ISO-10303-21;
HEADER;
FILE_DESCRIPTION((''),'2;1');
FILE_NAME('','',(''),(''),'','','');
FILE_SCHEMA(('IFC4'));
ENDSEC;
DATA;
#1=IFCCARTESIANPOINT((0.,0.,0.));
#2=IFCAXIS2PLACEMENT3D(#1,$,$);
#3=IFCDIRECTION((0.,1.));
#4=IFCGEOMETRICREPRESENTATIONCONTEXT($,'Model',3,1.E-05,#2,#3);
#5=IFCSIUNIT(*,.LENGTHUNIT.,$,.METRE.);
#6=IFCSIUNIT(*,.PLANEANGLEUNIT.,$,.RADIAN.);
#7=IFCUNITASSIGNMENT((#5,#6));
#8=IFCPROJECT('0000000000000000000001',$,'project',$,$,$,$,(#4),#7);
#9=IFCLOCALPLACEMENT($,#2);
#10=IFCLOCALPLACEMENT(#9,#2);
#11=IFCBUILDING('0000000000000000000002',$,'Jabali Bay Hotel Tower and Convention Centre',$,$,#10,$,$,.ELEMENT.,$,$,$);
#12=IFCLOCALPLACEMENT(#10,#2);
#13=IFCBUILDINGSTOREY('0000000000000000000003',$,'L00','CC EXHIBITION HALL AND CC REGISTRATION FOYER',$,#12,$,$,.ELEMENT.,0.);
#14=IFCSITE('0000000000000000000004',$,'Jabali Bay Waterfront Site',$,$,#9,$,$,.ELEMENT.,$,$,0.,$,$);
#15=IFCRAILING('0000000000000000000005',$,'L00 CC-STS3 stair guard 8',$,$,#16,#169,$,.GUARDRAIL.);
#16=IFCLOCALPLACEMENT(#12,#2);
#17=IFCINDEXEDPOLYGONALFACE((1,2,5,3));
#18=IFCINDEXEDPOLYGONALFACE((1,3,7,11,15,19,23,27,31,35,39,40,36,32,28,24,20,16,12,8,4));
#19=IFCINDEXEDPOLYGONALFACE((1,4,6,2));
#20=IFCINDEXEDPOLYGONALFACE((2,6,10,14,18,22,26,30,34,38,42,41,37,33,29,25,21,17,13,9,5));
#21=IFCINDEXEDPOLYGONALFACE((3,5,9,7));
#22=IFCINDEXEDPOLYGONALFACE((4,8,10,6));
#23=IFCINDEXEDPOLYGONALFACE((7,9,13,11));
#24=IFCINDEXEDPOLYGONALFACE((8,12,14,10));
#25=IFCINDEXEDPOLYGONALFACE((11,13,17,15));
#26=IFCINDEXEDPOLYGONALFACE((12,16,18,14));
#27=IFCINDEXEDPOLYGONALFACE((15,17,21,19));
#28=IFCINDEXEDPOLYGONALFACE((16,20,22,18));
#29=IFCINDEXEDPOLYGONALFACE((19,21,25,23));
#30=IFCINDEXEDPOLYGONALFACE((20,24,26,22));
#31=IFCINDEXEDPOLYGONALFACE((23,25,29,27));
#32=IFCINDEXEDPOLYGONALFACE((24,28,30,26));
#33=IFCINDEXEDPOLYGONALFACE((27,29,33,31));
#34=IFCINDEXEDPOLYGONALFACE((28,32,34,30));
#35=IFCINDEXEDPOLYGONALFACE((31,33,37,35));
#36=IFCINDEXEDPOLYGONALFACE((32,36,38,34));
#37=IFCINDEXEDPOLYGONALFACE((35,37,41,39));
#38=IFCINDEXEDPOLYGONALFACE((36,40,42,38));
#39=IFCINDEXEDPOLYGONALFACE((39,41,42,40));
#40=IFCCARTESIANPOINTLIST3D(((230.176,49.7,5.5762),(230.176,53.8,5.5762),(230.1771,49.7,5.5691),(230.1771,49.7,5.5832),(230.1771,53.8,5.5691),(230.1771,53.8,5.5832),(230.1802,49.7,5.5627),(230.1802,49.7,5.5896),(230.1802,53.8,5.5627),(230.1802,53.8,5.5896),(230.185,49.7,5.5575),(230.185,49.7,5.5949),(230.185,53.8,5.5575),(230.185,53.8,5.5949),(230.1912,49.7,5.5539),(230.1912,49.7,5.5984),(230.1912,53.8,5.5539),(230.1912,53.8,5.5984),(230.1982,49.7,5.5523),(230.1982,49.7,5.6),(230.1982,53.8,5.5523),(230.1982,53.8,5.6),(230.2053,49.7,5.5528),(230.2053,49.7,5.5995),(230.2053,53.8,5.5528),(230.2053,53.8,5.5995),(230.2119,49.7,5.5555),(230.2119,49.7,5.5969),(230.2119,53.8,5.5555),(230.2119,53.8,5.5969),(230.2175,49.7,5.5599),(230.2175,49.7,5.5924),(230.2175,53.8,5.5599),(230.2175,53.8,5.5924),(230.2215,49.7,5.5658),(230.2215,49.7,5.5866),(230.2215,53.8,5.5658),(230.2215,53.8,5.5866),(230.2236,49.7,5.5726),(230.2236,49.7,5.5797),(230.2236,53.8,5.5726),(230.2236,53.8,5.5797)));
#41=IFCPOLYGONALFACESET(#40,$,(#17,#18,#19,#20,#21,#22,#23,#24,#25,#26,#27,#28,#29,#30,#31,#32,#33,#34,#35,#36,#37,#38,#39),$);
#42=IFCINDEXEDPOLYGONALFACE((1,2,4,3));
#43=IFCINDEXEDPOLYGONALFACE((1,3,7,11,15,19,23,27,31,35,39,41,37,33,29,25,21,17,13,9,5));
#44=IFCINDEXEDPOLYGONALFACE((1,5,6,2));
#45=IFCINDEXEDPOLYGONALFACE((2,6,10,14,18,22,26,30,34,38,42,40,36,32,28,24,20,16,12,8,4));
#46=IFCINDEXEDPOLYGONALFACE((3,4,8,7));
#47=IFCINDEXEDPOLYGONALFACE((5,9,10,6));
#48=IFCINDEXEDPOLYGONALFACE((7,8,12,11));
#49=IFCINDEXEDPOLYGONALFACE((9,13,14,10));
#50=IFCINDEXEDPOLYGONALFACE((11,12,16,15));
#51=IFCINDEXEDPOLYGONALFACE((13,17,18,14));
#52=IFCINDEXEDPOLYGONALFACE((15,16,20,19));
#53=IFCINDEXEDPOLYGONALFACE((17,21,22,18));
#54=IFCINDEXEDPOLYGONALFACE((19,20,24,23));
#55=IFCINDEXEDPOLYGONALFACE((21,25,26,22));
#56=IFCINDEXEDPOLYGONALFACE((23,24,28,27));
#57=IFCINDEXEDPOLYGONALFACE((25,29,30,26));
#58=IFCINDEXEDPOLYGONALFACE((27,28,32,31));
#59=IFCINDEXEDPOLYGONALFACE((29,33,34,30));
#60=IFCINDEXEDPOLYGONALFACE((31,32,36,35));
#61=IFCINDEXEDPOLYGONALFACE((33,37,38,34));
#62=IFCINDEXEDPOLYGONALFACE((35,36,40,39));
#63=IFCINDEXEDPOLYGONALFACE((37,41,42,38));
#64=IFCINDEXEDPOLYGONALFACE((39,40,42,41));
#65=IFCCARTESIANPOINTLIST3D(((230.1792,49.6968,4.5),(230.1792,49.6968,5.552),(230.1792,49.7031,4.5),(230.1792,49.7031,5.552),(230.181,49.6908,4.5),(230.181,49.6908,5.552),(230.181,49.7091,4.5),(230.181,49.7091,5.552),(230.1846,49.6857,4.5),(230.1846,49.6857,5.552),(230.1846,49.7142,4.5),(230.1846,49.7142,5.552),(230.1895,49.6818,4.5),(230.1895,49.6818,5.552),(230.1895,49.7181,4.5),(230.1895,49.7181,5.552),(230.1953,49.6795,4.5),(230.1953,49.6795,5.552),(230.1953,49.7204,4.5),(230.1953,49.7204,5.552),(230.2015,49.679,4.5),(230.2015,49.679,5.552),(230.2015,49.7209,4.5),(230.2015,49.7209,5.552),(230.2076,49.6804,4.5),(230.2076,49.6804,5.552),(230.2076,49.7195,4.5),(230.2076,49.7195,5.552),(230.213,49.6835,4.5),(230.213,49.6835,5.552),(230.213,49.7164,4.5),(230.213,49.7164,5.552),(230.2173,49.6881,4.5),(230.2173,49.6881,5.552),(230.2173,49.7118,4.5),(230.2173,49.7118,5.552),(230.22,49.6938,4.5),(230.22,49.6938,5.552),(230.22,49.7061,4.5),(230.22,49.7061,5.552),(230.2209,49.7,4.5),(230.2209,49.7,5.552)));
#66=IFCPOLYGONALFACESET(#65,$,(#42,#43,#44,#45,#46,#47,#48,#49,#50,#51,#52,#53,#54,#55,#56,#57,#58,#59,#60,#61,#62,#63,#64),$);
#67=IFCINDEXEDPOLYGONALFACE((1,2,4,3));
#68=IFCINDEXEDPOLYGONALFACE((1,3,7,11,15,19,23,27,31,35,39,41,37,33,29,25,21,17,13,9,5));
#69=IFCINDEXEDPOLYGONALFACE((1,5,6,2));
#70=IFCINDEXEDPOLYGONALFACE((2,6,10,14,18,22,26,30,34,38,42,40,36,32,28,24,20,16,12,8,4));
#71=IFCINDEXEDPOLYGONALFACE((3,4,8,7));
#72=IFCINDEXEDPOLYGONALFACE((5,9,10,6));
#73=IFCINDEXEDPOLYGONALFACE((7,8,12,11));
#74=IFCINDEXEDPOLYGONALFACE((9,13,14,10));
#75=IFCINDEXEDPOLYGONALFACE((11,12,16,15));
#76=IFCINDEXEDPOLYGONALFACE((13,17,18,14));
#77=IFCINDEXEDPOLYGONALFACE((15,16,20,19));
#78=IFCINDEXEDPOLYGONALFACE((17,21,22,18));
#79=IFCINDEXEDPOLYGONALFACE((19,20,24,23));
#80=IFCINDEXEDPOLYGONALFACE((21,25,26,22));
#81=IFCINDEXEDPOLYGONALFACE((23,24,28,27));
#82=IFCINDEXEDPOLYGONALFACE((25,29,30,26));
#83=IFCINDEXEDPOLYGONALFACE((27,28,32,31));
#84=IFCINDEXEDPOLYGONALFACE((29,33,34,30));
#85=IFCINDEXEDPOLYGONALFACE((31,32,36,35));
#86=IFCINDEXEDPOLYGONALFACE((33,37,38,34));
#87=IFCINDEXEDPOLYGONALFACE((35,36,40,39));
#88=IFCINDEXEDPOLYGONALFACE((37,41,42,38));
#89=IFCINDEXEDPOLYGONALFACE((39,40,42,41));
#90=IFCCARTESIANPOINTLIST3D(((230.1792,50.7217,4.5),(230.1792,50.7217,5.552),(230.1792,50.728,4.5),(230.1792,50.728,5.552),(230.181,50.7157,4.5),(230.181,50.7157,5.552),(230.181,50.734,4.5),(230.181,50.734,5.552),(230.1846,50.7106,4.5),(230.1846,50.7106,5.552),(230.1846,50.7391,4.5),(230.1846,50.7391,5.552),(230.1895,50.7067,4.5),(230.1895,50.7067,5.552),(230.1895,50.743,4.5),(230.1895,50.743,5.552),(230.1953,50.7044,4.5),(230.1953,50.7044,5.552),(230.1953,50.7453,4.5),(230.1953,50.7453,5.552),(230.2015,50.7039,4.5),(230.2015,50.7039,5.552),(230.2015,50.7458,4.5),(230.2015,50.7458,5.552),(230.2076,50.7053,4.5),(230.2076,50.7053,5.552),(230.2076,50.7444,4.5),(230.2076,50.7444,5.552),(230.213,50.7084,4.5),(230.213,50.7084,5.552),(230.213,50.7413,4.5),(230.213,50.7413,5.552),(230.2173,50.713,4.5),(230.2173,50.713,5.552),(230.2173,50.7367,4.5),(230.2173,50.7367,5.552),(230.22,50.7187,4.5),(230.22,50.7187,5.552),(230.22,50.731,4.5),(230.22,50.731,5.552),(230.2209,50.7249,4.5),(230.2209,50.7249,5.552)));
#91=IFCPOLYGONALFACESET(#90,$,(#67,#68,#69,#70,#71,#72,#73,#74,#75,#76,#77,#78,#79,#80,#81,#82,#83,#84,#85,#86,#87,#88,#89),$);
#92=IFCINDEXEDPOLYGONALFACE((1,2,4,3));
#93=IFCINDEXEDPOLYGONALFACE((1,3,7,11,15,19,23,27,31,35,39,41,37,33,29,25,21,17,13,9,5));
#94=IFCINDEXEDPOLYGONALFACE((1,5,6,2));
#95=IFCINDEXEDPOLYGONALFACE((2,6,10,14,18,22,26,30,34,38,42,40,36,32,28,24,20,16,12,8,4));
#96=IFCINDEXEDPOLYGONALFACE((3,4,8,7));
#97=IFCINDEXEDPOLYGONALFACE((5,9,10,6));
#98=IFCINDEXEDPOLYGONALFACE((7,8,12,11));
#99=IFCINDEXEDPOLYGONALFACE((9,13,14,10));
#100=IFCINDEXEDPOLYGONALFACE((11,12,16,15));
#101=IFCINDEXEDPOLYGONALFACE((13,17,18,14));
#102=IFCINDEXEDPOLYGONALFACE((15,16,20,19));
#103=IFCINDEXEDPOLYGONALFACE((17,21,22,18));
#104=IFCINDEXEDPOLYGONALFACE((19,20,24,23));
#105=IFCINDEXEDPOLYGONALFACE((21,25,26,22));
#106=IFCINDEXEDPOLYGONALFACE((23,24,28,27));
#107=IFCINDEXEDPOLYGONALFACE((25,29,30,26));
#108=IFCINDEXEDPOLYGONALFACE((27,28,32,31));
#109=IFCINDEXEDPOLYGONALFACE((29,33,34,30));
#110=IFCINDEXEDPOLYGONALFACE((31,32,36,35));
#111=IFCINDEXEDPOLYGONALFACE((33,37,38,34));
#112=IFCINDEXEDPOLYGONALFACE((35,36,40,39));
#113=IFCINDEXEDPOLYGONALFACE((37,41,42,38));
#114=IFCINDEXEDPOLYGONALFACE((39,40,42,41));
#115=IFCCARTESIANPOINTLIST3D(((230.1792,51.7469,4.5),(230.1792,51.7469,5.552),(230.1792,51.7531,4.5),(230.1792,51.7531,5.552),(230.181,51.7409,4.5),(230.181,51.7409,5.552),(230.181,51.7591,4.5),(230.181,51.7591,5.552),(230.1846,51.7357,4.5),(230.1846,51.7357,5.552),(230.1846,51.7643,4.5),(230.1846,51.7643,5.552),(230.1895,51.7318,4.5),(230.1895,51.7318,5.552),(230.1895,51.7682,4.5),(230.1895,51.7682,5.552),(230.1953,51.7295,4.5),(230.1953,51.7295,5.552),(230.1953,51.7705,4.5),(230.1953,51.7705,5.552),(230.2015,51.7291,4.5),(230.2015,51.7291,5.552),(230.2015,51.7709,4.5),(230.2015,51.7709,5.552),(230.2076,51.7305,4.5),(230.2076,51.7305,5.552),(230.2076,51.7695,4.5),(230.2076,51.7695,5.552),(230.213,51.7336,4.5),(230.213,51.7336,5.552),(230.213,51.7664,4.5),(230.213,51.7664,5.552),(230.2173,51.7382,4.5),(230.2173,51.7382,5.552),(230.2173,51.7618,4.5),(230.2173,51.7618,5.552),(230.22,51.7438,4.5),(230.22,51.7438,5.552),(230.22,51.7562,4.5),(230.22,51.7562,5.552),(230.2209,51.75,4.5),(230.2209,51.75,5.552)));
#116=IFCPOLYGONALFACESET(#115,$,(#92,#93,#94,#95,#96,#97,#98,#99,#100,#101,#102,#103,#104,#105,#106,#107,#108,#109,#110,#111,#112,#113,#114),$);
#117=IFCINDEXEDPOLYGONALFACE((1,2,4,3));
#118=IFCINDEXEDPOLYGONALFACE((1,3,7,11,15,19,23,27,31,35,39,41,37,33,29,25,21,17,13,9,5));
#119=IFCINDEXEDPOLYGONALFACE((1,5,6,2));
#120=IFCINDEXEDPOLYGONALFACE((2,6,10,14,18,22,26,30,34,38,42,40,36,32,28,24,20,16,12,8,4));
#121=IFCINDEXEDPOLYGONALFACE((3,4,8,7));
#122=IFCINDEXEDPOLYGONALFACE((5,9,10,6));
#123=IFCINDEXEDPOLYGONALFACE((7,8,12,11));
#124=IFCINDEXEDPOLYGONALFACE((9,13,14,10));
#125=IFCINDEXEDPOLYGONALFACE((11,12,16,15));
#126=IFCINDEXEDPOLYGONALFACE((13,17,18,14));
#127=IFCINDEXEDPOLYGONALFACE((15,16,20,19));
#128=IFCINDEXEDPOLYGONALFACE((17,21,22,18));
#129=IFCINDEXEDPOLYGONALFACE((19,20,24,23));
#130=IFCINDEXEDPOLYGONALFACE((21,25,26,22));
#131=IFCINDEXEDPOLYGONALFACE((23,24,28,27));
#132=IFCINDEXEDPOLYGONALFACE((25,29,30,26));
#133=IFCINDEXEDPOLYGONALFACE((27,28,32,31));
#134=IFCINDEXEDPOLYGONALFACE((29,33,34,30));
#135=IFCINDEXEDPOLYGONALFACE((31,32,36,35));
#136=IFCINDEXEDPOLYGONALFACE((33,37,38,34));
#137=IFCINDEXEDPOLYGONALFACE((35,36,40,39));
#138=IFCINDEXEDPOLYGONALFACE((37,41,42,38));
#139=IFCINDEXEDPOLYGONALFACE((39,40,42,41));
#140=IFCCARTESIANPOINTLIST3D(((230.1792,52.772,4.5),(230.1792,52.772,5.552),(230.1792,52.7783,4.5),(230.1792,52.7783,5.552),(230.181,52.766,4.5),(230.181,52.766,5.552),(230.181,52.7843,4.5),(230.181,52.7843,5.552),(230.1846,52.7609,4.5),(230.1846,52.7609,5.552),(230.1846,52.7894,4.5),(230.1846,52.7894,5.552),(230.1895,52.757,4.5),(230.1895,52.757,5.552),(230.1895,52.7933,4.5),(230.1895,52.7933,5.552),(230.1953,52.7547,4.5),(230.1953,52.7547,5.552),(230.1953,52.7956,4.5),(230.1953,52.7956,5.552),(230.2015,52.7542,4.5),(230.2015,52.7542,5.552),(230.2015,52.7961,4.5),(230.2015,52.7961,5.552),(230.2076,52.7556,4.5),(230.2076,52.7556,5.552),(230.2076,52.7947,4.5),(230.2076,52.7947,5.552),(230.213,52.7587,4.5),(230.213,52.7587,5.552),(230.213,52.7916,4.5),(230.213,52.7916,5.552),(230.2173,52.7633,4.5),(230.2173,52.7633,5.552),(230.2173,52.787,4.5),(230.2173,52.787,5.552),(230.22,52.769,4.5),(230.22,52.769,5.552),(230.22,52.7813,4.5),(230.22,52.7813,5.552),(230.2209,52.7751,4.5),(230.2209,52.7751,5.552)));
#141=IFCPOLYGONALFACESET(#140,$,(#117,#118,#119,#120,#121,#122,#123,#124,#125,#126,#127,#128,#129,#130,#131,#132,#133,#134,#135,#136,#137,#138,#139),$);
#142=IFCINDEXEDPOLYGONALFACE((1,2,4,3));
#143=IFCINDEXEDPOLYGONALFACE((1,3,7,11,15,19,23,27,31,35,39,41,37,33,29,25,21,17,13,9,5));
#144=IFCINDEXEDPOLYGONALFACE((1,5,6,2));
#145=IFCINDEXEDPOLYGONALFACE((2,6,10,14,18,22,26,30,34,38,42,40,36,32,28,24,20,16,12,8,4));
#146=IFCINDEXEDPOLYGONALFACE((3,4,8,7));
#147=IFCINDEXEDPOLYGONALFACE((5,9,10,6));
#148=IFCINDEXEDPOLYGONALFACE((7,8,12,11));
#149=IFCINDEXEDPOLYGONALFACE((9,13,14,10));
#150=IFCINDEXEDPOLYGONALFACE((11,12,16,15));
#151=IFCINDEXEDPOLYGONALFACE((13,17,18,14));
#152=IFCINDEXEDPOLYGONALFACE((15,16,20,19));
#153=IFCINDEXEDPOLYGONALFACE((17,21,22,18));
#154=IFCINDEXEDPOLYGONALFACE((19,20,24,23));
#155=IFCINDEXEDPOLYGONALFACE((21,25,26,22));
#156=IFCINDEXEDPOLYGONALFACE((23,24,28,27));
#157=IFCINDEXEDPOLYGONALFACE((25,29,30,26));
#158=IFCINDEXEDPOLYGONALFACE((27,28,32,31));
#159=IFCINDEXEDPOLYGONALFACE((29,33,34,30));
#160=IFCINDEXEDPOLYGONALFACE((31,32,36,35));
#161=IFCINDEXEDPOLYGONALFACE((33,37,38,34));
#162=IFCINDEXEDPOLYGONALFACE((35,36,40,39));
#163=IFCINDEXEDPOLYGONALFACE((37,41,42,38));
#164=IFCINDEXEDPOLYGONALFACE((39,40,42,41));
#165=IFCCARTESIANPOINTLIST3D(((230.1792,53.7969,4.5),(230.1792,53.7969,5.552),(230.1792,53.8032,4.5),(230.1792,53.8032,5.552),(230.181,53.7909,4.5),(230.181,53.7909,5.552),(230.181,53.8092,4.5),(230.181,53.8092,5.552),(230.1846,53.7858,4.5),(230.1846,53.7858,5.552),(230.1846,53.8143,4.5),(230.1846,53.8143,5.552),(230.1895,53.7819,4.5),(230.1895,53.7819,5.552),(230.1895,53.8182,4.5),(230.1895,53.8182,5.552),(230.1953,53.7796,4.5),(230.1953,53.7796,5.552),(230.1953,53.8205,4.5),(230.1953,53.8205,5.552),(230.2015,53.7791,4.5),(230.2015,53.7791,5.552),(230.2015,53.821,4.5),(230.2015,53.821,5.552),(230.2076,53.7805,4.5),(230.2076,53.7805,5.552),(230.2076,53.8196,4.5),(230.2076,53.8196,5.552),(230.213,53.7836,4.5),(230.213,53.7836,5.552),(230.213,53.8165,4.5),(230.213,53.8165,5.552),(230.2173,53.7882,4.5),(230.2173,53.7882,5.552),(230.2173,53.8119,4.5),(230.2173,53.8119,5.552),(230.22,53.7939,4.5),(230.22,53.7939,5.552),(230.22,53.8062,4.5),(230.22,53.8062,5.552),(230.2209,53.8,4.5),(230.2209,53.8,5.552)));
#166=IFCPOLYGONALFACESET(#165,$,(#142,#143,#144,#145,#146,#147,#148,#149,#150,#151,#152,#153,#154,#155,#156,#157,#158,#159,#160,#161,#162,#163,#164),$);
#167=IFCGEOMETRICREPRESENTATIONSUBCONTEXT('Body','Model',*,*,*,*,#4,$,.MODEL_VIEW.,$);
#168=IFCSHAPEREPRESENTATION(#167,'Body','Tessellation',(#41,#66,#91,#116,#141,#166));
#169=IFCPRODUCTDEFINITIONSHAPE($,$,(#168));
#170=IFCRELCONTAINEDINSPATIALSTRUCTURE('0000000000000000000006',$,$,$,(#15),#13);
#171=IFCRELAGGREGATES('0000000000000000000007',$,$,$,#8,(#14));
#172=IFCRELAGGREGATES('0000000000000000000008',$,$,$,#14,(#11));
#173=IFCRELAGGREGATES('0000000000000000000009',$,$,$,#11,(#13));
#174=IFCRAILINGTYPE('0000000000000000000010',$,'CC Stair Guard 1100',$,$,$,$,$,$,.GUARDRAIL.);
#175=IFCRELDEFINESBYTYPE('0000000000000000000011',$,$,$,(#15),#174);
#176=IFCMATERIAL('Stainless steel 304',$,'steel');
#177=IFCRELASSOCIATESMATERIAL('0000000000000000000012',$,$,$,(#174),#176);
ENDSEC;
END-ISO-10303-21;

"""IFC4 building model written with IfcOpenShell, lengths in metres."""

from ifc_helpers import new_model, si_unit, direction, frame, origin, origin_2d, place, context, subcontext, project, spatial, circle, extrude, material, type_object, element, save


model = new_model("IFC4")

# Units and contexts
model_context = context("Model", 3, precision=1e-05, world=origin(), true_north=direction((0.0, 1.0)))
body_context = subcontext(model_context, "Body", "Model", "MODEL_VIEW")
ifc_project = project(units=[si_unit("LENGTHUNIT", "METRE"), si_unit("PLANEANGLEUNIT", "RADIAN")], contexts=[model_context])

# Site, building, storey
site_placement = place(None, origin())
site = spatial("IfcSite", under=ifc_project, at=site_placement, Name="Jabali Bay Waterfront Site", CompositionType="ELEMENT", RefElevation=0.0)
building_placement = place(site_placement, origin())
building = spatial("IfcBuilding", under=site, at=building_placement, Name="Jabali Bay Hotel Tower and Convention Centre", CompositionType="ELEMENT")
storey_placement = place(building_placement, origin())
storey = spatial("IfcBuildingStorey", under=building, at=storey_placement, Name="L00", Description="CC EXHIBITION HALL AND CC REGISTRATION FOYER", CompositionType="ELEMENT", Elevation=0.0)

# Railing
ifc_material_1 = material(Name="Stainless steel 304", Category="steel")
railing_type = type_object("IfcRailingType", Name="CC Stair Guard 1100", PredefinedType="GUARDRAIL", material=ifc_material_1)
for number, where, name in (
    (1, (230.2, 49.7, 4.5), "L00 CC-STS3 stair guard 8"),
):
    element("IfcRailing", number, at=place(storey_placement, frame(where)), inside=storey, type_object=railing_type, Name=name, PredefinedType="GUARDRAIL", context=body_context, shape_type="SweptSolid", body=[
        extrude(circle(Radius=0.0239, at=origin_2d()), frame((0.0, 0.0, 1.0762), z_axis=(0.0, 1.0, 0.0), x_axis=(-1.0, 0.0, 0.0)), (0.0, 0.0, 1.0), 4.1001),
        extrude(circle(Radius=0.021, at=origin_2d()), origin(), (0.0, 0.0, 1.0), 1.052),
        extrude(circle(Radius=0.021, at=origin_2d()), frame((0.0, 1.0249, 0.0)), (0.0, 0.0, 1.0), 1.052),
        extrude(circle(Radius=0.021, at=origin_2d()), frame((0.0, 2.05, 0.0)), (0.0, 0.0, 1.0), 1.052),
        extrude(circle(Radius=0.021, at=origin_2d()), frame((0.0, 3.0752, 0.0)), (0.0, 0.0, 1.0), 1.052),
        extrude(circle(Radius=0.021, at=origin_2d()), frame((0.0, 4.1001, 0.0)), (0.0, 0.0, 1.0), 1.052),
    ])

save(model, "model.ifc")
